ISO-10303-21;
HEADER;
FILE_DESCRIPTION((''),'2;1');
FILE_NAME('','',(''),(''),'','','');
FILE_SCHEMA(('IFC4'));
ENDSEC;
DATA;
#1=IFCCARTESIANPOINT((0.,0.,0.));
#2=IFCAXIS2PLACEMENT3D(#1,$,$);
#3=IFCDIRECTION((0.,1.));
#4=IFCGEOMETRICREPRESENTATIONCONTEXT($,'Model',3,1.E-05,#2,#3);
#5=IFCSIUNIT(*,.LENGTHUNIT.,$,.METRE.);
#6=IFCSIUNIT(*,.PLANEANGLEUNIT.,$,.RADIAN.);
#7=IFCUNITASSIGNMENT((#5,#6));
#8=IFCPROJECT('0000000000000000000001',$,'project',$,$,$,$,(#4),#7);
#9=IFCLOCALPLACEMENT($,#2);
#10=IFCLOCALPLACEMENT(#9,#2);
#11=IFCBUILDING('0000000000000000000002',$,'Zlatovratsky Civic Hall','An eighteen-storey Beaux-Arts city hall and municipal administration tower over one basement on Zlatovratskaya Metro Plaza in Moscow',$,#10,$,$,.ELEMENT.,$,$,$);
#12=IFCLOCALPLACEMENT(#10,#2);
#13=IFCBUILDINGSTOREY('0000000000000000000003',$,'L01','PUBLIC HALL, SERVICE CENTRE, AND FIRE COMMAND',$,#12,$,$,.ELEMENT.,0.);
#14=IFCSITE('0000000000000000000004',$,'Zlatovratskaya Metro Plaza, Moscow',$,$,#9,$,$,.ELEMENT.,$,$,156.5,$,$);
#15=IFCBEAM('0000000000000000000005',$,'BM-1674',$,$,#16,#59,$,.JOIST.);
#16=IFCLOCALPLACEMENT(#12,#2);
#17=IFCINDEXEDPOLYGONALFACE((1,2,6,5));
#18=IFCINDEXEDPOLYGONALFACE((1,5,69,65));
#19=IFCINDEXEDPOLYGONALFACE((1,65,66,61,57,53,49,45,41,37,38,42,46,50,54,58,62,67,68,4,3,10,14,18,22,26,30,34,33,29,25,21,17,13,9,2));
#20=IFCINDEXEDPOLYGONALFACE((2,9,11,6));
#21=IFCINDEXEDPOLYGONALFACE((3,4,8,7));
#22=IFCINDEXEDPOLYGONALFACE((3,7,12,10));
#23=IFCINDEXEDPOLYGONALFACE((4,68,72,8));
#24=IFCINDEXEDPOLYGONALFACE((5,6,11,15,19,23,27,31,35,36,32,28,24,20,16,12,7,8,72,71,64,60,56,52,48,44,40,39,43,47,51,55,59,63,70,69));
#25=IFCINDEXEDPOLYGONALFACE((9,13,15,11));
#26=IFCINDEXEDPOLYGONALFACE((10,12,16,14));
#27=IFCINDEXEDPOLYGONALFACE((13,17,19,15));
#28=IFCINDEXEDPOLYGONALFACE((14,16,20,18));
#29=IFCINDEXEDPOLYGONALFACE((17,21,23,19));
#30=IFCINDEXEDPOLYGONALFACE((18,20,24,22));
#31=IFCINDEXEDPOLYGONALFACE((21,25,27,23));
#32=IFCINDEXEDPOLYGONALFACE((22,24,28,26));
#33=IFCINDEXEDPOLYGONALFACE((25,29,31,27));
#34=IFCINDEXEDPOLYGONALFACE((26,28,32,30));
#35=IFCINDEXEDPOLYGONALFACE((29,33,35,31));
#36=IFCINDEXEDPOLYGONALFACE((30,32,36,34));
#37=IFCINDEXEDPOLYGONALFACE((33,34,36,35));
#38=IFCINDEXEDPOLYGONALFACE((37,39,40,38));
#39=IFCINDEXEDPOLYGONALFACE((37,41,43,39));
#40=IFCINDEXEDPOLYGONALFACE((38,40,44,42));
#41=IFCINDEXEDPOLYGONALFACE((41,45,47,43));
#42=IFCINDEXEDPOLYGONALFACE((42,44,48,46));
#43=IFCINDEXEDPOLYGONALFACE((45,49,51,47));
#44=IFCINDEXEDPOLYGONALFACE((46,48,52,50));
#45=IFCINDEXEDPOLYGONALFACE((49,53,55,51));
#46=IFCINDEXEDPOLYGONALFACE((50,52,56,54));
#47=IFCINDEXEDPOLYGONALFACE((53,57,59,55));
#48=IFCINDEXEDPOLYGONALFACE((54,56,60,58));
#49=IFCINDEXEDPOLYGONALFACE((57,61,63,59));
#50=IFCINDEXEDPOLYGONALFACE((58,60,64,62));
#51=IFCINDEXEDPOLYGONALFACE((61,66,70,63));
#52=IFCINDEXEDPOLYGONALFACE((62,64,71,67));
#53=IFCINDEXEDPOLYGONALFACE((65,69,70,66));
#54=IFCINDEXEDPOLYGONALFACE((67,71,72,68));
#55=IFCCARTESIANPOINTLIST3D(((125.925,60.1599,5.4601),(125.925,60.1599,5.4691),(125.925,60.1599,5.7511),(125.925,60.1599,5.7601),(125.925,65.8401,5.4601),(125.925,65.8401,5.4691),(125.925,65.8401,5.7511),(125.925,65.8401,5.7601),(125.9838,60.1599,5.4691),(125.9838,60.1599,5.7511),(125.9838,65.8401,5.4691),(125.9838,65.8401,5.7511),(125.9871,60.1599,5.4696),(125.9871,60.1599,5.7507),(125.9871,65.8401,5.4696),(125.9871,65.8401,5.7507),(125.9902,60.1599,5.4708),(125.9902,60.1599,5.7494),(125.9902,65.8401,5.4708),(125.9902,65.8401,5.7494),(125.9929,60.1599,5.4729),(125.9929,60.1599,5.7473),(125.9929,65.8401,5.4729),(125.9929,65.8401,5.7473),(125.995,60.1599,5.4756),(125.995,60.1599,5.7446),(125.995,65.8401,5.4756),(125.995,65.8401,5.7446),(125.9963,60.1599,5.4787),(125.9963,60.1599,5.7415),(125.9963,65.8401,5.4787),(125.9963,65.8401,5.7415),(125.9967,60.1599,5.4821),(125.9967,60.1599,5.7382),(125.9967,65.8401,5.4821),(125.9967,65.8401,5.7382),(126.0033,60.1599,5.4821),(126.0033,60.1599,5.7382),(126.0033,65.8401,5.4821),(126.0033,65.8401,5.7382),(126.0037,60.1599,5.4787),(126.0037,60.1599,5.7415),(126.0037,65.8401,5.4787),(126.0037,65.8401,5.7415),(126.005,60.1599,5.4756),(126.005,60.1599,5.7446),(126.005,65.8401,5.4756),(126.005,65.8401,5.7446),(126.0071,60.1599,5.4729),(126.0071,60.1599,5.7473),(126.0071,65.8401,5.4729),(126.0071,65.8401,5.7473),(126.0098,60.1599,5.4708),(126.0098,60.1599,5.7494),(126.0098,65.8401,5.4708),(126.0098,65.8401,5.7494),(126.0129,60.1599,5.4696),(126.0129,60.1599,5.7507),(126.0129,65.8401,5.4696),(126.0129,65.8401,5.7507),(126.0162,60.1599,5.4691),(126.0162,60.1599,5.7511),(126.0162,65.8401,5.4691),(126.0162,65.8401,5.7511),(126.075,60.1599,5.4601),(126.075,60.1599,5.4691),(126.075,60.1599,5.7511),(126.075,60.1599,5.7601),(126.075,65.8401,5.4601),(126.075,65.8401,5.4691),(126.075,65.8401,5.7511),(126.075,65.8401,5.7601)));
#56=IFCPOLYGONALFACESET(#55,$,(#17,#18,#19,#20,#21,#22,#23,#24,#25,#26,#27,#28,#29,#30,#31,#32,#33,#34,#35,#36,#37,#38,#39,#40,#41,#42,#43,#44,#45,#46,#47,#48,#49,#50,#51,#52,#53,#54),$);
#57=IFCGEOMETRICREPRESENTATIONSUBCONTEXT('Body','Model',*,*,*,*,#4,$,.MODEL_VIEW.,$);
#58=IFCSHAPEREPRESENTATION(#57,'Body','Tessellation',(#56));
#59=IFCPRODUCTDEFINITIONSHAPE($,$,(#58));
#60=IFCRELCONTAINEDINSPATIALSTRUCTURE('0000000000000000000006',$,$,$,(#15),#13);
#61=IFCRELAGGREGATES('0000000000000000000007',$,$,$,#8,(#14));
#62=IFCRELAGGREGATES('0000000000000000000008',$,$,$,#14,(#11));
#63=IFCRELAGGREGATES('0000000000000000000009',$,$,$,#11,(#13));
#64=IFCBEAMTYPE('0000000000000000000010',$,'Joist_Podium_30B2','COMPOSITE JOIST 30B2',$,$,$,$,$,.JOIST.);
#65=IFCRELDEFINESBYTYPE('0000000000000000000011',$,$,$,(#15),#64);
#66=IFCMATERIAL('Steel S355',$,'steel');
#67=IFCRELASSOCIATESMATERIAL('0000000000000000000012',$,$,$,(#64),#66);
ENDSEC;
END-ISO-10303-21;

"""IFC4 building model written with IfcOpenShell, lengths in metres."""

from ifc_helpers import new_model, si_unit, direction, frame, origin, origin_2d, place, context, subcontext, project, spatial, i_section, extrude, material, material_profile, profile_set, type_object, element, save


model = new_model("IFC4")

# Units and contexts
model_context = context("Model", 3, precision=1e-05, world=origin(), true_north=direction((0.0, 1.0)))
body_context = subcontext(model_context, "Body", "Model", "MODEL_VIEW")
ifc_project = project(units=[si_unit("LENGTHUNIT", "METRE"), si_unit("PLANEANGLEUNIT", "RADIAN")], contexts=[model_context])

# Site, building, storey
site_placement = place(None, origin())
site = spatial("IfcSite", under=ifc_project, at=site_placement, Name="Zlatovratskaya Metro Plaza, Moscow", CompositionType="ELEMENT", RefElevation=156.5)
building_placement = place(site_placement, origin())
building = spatial("IfcBuilding", under=site, at=building_placement, Name="Zlatovratsky Civic Hall", Description="An eighteen-storey Beaux-Arts city hall and municipal administration tower over one basement on Zlatovratskaya Metro Plaza in Moscow", CompositionType="ELEMENT")
storey_placement = place(building_placement, origin())
storey = spatial("IfcBuildingStorey", under=building, at=storey_placement, Name="L01", Description="PUBLIC HALL, SERVICE CENTRE, AND FIRE COMMAND", CompositionType="ELEMENT", Elevation=0.0)

# Shared definitions
ifc_material = material(Name="Steel S355", Category="steel")

# Beam
ifc_material_profile_1 = material_profile(ifc_material, i_section(OverallWidth=0.1499, OverallDepth=0.3, WebThickness=0.0066, FlangeThickness=0.009, FilletRadius=0.0129, at=origin_2d()), Name="30B2")
ifc_profile_set_1 = profile_set([ifc_material_profile_1], Name="Steel S355")
beam_type_1 = type_object("IfcBeamType", Name="Joist_Podium_30B2", Description="COMPOSITE JOIST 30B2", PredefinedType="JOIST", material=ifc_profile_set_1)
for number, where, z_axis, x_axis, name in (
    (1, (126.0, 60.1599, 5.6101), (0.0, 1.0, 0.0), (-1.0, 0.0, 0.0), "BM-1674"),
):
    element("IfcBeam", number, at=place(storey_placement, frame(where, z_axis=z_axis, x_axis=x_axis)), inside=storey, type_object=beam_type_1, Name=name, PredefinedType="JOIST", context=body_context, shape_type="SweptSolid", body=[
        extrude(i_section(OverallWidth=0.1499, OverallDepth=0.3, WebThickness=0.0066, FlangeThickness=0.009, FilletRadius=0.0129, at=origin_2d()), origin(), (0.0, 0.0, 1.0), 5.6802),
    ])

save(model, "model.ifc")
